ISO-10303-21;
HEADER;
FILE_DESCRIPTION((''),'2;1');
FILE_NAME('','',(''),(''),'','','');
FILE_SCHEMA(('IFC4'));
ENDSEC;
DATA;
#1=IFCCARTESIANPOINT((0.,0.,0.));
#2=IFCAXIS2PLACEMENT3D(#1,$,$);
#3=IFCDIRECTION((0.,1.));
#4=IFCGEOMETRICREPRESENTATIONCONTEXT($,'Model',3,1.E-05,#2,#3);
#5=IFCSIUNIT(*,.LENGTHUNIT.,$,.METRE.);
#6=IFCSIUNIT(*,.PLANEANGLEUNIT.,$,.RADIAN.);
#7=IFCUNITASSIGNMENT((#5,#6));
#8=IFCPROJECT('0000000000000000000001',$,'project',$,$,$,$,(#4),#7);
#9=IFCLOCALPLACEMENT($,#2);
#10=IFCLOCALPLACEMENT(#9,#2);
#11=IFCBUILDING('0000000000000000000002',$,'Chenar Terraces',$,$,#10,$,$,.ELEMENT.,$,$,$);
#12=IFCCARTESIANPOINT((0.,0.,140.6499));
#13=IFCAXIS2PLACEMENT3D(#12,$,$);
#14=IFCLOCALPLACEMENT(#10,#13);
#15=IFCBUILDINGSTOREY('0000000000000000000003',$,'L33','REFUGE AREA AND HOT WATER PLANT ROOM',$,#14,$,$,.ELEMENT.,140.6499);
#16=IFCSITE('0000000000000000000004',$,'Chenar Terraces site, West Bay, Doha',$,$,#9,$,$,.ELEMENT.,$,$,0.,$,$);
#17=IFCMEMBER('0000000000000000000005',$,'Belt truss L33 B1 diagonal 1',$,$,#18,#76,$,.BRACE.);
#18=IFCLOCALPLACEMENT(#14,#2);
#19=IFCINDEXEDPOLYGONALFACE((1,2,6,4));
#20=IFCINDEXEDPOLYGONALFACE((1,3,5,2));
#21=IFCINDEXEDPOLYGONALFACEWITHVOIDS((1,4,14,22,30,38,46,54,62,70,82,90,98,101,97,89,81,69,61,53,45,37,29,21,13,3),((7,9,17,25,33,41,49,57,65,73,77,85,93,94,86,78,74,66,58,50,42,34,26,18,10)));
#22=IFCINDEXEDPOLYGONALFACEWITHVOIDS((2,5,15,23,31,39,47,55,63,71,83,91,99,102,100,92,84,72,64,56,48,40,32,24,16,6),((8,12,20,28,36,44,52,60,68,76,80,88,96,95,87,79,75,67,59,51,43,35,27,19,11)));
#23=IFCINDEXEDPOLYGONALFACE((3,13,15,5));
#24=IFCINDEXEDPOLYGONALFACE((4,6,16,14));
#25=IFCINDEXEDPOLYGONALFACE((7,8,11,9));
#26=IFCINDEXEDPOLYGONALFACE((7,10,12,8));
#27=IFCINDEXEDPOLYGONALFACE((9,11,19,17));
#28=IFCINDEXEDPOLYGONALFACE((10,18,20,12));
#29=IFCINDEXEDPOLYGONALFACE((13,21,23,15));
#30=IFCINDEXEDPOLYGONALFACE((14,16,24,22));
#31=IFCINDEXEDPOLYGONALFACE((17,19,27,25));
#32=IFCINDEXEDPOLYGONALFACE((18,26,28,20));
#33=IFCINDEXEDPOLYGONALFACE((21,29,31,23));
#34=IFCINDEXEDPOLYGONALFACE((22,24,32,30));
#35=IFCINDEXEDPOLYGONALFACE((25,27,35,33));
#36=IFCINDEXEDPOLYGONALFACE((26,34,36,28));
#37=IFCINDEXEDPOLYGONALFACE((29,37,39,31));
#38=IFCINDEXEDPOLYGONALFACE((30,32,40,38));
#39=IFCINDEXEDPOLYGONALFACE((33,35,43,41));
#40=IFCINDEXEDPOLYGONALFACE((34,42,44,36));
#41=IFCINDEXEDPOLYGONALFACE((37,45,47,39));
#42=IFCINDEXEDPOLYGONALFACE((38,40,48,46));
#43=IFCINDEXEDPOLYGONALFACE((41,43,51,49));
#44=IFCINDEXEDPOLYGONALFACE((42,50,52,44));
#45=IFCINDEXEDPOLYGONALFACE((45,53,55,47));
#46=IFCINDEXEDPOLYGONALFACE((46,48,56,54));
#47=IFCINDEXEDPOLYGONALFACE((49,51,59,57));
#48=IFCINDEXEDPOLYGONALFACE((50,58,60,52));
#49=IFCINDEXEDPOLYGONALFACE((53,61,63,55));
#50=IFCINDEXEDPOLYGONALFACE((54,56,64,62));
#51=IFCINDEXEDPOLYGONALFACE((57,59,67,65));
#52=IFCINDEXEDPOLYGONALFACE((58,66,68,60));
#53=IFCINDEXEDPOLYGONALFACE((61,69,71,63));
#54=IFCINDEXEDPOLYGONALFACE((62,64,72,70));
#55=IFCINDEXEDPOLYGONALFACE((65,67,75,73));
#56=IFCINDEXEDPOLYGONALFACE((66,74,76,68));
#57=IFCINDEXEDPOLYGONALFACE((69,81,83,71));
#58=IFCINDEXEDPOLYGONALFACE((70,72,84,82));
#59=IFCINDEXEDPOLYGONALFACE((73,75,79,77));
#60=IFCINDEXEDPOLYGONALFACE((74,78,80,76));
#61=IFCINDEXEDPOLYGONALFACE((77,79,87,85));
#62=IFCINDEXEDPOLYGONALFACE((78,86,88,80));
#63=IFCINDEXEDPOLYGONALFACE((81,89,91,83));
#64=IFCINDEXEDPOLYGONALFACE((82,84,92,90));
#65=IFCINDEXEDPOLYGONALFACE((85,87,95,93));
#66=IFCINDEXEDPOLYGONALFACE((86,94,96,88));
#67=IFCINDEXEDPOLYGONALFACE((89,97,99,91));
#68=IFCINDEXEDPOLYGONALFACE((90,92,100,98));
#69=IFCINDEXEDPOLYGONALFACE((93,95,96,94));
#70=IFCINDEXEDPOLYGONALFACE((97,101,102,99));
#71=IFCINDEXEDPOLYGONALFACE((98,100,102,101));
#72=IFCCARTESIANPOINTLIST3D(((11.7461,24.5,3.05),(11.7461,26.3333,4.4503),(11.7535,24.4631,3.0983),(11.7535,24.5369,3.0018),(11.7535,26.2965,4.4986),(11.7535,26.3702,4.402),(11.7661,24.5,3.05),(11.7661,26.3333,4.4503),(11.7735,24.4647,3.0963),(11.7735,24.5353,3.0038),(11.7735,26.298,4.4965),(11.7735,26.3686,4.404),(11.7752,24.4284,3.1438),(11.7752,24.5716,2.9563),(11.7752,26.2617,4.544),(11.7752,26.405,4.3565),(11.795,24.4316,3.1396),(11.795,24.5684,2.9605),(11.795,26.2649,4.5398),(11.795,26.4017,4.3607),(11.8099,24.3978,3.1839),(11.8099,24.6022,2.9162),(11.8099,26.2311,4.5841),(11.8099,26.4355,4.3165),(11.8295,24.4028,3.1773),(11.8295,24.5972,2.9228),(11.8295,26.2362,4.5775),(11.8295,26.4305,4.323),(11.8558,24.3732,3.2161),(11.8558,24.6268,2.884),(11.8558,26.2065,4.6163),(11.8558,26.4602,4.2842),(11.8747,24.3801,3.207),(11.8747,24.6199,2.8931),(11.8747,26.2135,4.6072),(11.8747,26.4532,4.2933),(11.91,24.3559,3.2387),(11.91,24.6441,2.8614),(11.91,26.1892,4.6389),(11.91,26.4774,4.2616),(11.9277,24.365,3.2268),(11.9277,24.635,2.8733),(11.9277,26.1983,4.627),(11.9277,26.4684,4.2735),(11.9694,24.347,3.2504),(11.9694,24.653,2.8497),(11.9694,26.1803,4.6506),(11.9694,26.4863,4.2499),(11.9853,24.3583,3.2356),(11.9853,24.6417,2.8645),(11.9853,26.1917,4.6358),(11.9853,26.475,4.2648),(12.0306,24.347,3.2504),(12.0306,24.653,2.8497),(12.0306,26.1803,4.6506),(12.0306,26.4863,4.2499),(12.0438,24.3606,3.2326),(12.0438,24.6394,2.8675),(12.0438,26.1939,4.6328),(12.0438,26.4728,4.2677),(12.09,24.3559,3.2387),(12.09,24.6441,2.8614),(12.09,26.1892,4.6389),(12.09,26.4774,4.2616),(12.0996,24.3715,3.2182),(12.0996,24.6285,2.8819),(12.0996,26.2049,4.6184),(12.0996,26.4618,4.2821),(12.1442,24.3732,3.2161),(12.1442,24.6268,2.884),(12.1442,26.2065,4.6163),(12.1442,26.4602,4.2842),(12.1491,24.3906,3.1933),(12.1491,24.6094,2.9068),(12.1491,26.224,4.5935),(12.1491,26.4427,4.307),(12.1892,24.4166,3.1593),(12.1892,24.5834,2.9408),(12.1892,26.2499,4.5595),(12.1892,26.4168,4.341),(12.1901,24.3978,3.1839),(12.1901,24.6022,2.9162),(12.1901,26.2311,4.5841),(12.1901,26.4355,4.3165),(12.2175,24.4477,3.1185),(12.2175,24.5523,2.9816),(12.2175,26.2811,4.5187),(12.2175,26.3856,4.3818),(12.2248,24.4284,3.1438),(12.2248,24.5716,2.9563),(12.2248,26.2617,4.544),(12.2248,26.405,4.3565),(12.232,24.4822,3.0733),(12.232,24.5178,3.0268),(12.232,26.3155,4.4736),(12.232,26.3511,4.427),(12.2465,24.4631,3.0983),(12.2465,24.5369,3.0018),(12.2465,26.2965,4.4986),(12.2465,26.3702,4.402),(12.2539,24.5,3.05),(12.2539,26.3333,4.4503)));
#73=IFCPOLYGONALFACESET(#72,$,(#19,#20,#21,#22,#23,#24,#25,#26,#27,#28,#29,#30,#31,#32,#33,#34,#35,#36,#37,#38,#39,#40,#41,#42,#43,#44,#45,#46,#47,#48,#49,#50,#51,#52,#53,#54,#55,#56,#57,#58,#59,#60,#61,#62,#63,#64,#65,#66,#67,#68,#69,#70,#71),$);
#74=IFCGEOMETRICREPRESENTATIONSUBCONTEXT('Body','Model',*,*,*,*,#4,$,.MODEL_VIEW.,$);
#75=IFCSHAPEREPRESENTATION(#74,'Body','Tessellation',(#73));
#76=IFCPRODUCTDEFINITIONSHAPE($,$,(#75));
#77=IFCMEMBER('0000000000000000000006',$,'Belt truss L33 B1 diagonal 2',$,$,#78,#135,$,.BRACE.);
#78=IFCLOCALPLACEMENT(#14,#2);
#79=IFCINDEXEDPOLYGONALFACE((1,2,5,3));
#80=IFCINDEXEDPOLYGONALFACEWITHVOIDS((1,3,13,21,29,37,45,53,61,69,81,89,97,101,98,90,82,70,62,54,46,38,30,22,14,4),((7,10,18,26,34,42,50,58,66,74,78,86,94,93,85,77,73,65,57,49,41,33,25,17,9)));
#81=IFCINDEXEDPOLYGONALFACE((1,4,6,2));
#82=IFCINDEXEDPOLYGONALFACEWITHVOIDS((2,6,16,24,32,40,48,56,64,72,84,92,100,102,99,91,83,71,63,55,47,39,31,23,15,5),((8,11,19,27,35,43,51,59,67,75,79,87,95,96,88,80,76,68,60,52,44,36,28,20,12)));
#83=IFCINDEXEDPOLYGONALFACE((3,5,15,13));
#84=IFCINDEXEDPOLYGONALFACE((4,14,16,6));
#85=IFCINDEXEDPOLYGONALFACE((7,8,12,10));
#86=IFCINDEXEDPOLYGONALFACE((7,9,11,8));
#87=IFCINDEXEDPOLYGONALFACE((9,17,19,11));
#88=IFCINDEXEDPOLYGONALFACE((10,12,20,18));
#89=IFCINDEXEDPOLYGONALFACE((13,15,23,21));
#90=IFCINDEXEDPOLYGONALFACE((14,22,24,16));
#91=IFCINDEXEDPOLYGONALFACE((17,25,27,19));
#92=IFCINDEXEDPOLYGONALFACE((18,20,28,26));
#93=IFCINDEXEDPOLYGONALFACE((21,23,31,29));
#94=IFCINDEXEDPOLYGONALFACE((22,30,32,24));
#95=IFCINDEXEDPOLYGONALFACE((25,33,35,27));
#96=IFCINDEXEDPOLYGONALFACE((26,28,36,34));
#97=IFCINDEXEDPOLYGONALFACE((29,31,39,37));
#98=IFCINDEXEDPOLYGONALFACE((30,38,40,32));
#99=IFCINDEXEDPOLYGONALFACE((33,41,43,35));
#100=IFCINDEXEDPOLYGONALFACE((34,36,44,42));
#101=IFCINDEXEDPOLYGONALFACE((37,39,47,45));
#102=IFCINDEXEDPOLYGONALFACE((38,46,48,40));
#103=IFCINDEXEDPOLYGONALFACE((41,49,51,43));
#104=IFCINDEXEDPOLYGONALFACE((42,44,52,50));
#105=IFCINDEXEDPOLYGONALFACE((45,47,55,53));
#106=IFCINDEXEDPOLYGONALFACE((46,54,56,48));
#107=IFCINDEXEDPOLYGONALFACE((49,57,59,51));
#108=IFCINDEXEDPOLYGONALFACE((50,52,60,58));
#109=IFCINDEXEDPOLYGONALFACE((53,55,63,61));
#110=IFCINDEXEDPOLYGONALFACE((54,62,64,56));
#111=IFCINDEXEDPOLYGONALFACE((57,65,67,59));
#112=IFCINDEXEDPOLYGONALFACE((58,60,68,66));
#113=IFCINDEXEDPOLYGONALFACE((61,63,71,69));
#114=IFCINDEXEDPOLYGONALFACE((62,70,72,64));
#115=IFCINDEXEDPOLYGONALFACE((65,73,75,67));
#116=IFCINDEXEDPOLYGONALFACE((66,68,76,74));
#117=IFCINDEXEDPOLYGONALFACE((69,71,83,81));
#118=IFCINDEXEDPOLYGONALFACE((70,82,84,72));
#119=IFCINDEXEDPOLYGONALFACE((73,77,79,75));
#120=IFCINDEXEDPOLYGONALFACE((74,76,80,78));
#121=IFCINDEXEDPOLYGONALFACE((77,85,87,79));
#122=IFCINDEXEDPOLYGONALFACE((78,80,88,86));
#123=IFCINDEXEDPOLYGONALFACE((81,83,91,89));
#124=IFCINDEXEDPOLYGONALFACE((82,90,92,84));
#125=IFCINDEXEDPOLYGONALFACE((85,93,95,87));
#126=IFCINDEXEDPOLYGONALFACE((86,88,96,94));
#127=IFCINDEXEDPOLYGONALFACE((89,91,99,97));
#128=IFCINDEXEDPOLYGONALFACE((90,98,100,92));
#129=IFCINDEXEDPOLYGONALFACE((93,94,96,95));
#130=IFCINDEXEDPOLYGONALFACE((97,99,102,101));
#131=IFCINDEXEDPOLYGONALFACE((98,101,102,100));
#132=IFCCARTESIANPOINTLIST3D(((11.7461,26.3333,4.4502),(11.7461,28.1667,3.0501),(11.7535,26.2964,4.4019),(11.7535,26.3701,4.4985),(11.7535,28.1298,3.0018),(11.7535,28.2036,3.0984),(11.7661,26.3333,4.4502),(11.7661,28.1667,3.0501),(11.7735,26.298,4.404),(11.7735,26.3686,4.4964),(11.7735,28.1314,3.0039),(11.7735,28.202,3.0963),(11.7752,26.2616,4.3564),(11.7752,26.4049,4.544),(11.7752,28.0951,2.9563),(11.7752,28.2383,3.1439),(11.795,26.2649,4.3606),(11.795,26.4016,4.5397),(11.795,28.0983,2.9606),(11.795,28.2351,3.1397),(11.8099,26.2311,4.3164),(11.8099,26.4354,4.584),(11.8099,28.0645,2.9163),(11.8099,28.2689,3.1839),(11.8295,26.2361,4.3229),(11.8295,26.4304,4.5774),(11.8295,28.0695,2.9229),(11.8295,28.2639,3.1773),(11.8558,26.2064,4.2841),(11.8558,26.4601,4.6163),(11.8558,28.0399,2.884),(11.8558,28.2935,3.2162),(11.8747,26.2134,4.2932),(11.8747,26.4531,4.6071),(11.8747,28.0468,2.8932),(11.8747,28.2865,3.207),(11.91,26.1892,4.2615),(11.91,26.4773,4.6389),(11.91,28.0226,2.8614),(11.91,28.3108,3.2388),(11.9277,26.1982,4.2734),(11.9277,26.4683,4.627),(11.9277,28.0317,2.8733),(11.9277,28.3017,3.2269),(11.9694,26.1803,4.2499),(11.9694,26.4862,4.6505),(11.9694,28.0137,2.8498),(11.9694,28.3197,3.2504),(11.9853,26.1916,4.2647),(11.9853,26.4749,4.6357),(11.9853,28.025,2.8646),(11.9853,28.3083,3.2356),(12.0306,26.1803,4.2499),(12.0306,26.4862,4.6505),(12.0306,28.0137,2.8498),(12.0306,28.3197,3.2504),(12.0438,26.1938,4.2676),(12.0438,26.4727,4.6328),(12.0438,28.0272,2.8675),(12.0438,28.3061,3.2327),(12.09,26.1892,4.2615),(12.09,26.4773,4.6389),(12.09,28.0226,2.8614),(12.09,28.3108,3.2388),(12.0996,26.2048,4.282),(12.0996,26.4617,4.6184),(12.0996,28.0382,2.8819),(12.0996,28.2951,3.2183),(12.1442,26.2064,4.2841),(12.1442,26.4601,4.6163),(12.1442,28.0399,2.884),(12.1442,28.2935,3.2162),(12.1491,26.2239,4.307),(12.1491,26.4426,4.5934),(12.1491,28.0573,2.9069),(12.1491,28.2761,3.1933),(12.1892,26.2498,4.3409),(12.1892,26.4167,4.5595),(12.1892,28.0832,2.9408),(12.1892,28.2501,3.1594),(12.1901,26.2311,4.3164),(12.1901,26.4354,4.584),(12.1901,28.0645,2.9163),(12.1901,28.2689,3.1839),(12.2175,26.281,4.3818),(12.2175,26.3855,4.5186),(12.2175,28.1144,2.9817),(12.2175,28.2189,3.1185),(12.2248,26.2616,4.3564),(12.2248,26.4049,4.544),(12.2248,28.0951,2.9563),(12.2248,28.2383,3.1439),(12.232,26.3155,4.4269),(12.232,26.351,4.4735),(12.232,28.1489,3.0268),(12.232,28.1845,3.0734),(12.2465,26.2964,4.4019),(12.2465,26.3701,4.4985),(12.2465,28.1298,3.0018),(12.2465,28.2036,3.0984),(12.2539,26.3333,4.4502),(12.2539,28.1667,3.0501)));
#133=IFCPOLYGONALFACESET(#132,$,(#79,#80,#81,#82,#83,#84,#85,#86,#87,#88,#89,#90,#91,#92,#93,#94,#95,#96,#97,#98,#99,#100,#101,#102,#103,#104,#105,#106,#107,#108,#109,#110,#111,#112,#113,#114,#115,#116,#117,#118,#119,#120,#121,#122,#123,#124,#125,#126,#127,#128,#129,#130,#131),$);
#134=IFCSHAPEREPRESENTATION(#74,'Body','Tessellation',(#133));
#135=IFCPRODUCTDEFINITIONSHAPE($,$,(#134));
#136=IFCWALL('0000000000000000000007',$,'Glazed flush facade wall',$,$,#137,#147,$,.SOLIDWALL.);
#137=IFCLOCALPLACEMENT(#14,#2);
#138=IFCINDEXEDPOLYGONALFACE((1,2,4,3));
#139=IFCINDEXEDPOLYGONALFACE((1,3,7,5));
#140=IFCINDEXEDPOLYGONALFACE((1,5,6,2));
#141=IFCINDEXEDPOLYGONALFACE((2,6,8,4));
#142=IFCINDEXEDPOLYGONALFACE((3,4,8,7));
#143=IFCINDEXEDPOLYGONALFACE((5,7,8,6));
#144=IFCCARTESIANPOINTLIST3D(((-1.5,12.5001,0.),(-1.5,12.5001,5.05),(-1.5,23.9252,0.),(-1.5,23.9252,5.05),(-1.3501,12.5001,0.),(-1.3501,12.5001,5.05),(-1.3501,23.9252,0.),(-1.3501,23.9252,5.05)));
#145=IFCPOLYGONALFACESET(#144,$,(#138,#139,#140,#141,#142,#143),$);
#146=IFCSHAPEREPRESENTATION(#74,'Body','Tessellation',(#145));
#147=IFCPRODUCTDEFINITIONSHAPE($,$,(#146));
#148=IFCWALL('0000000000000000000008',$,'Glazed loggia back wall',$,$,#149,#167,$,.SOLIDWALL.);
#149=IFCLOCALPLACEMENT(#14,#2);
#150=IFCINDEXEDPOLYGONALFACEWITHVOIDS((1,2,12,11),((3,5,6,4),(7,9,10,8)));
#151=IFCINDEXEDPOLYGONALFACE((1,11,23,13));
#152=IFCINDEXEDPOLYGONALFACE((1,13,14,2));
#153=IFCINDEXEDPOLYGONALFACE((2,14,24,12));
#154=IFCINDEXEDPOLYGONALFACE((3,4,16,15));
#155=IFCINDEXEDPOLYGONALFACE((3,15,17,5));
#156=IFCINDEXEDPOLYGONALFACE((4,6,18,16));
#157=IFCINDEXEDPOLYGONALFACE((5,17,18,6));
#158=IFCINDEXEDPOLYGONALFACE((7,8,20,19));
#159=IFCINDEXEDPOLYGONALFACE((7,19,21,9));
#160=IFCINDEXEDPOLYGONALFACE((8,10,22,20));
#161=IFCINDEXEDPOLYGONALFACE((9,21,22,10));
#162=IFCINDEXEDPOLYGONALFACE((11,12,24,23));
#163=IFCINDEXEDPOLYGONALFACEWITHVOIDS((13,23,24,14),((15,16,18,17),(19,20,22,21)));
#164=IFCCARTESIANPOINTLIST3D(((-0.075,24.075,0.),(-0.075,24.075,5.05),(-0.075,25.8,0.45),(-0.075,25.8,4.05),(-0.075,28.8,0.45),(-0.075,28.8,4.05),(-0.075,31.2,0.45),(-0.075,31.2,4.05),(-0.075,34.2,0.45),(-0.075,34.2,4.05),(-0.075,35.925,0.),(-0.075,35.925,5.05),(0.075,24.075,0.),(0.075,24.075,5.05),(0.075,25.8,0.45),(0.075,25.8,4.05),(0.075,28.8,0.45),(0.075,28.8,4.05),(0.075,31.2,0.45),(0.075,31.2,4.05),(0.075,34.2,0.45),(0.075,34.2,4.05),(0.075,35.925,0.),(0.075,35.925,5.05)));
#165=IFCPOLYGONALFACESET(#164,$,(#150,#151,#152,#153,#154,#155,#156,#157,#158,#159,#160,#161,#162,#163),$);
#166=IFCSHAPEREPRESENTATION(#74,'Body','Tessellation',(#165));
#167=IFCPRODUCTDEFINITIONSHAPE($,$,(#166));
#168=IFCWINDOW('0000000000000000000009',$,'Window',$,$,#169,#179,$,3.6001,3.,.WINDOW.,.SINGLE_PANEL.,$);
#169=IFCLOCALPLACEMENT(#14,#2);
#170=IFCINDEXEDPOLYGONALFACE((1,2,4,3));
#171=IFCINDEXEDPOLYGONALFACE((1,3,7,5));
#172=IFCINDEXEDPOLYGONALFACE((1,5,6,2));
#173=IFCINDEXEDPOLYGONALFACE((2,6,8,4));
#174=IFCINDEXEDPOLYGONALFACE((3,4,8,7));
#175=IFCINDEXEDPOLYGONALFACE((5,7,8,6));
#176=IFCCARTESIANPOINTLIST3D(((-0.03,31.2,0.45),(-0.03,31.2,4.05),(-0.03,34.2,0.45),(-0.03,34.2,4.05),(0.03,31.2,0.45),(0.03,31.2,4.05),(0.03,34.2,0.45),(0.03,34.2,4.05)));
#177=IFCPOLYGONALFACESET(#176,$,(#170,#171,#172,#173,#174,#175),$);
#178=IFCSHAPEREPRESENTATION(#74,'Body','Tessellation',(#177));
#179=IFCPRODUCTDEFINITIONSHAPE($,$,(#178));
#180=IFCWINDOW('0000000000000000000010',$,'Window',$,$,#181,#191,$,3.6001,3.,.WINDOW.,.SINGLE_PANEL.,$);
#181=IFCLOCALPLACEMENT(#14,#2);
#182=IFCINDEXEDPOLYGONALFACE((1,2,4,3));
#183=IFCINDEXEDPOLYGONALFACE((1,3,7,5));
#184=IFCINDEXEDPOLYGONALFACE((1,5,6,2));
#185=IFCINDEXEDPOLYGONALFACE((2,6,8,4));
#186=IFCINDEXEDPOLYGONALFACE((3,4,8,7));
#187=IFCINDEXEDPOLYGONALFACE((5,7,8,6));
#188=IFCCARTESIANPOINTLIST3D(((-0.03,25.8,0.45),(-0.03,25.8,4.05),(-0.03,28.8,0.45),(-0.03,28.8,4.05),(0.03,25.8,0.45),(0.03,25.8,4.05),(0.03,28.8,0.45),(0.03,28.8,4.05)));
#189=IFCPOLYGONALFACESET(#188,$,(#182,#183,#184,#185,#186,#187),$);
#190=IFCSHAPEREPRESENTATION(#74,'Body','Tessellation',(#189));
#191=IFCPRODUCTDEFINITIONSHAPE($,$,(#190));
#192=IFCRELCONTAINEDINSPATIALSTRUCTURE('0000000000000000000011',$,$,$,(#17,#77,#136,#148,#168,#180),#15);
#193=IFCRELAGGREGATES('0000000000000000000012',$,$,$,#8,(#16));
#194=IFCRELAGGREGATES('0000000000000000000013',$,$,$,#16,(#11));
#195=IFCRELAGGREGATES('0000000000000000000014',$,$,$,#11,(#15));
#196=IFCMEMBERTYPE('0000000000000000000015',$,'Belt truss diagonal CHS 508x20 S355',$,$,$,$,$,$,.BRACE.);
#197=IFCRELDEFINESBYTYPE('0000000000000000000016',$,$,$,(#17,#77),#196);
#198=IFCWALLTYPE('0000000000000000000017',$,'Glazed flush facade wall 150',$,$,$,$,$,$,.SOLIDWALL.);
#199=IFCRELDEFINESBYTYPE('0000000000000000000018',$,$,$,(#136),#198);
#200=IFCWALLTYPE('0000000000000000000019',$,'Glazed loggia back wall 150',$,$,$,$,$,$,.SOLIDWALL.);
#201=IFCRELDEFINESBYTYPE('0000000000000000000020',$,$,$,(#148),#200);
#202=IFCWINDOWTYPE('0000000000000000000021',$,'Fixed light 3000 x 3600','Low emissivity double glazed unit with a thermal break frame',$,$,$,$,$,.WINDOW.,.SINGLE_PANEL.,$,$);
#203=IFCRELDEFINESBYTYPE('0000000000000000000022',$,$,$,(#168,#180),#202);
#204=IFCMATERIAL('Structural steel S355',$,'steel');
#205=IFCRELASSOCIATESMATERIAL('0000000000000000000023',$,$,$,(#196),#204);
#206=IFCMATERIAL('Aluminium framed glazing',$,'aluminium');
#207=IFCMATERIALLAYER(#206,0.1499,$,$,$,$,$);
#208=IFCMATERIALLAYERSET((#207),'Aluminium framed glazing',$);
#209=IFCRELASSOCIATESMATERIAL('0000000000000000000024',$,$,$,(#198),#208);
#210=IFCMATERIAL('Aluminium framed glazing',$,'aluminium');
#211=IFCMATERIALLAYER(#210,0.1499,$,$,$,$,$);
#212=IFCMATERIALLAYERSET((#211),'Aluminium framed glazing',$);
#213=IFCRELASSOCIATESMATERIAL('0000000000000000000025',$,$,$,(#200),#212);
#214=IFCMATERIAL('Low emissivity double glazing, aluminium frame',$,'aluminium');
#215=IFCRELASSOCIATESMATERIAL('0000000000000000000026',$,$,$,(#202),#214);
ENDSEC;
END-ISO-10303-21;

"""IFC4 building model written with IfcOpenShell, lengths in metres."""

from ifc_helpers import new_model, si_unit, direction, frame, frame_2d, origin, origin_2d, place, context, subcontext, project, spatial, rectangle, hollow_circle, extrude, material, layer, layer_set, material_profile, profile_set, type_object, element, fill, save


model = new_model("IFC4")

# Units and contexts
model_context = context("Model", 3, precision=1e-05, world=origin(), true_north=direction((0.0, 1.0)))
body_context = subcontext(model_context, "Body", "Model", "MODEL_VIEW")
ifc_project = project(units=[si_unit("LENGTHUNIT", "METRE"), si_unit("PLANEANGLEUNIT", "RADIAN")], contexts=[model_context])

# Site, building, storey
site_placement = place(None, origin())
site = spatial("IfcSite", under=ifc_project, at=site_placement, Name="Chenar Terraces site, West Bay, Doha", CompositionType="ELEMENT", RefElevation=0.0)
building_placement = place(site_placement, origin())
building = spatial("IfcBuilding", under=site, at=building_placement, Name="Chenar Terraces", CompositionType="ELEMENT")
storey_placement = place(building_placement, frame((0.0, 0.0, 140.6499)))
storey = spatial("IfcBuildingStorey", under=building, at=storey_placement, Name="L33", Description="REFUGE AREA AND HOT WATER PLANT ROOM", CompositionType="ELEMENT", Elevation=140.6499)

# Members
ifc_material_1 = material(Name="Structural steel S355", Category="steel")
ifc_material_profile_1 = material_profile(ifc_material_1, hollow_circle(Radius=0.2539, WallThickness=0.02, at=origin_2d()), Name="CHS 508x20")
ifc_profile_set_1 = profile_set([ifc_material_profile_1], Name="Structural steel S355")
member_type = type_object("IfcMemberType", Name="Belt truss diagonal CHS 508x20 S355", PredefinedType="BRACE", material=ifc_profile_set_1)
for number, where, z_axis, x_axis, name in (
    (1, (12.0, 24.5, 3.05), (0.0, 0.794724, 0.606971), (-1.0, 0.0, 0.0), "Belt truss L33 B1 diagonal 1"),
    (2, (12.0, 26.3333, 4.4502), (0.0, 0.794763, -0.60692), (-1.0, 0.0, 0.0), "Belt truss L33 B1 diagonal 2"),
):
    element("IfcMember", number, at=place(storey_placement, frame(where, z_axis=z_axis, x_axis=x_axis)), inside=storey, type_object=member_type, Name=name, PredefinedType="BRACE", context=body_context, shape_type="SweptSolid", body=[
        extrude(hollow_circle(Radius=0.2539, WallThickness=0.02, at=origin_2d()), origin(), (0.0, 0.0, 1.0), 2.3069),
    ])

# Wall
ifc_material_2 = material(Name="Aluminium framed glazing", Category="aluminium")
ifc_layer_1 = layer(ifc_material_2, 0.1499)
ifc_layer_set_1 = layer_set([ifc_layer_1], Name="Aluminium framed glazing")
wall_type_1 = type_object("IfcWallType", Name="Glazed flush facade wall 150", PredefinedType="SOLIDWALL", material=ifc_layer_set_1)
wall_1_placement = place(storey_placement, frame((-1.425, 23.925, 0.0), z_axis=(0.0, 0.0, 1.0), x_axis=(0.0, -1.0, 0.0)))
element("IfcWall", 3, at=wall_1_placement, inside=storey, type_object=wall_type_1, Name="Glazed flush facade wall", PredefinedType="SOLIDWALL", context=body_context, shape_type="SweptSolid", body=[
    extrude(rectangle(XDim=11.425, YDim=0.1499, at=frame_2d((5.7124, 0.0))), origin(), (0.0, 0.0, 1.0), 5.05),
])

# Wall, openings, windows
ifc_material_3 = material(Name="Aluminium framed glazing", Category="aluminium")
ifc_layer_2 = layer(ifc_material_3, 0.1499)
ifc_layer_set_2 = layer_set([ifc_layer_2], Name="Aluminium framed glazing")
wall_type_2 = type_object("IfcWallType", Name="Glazed loggia back wall 150", PredefinedType="SOLIDWALL", material=ifc_layer_set_2)
wall_2_placement = place(storey_placement, frame((0.0, 35.925, 0.0), z_axis=(0.0, 0.0, 1.0), x_axis=(0.0, -1.0, 0.0)))
wall_2 = element("IfcWall", 4, at=wall_2_placement, inside=storey, type_object=wall_type_2, Name="Glazed loggia back wall", PredefinedType="SOLIDWALL", context=body_context, shape_type="SweptSolid", body=[
    extrude(rectangle(XDim=11.8501, YDim=0.1499, at=frame_2d((5.925, 0.0))), origin(), (0.0, 0.0, 1.0), 5.05),
])
opening_1_placement = place(wall_2_placement, frame((1.7251, 0.0, 0.45)))
opening_1 = element("IfcOpeningElement", 5, at=opening_1_placement, cuts=wall_2, PredefinedType="OPENING", context=body_context, shape_type="SweptSolid", body=[
    extrude(rectangle(XDim=3.0, YDim=3.6001, at=frame_2d((1.5, 1.8))), frame((0.0, 0.085, 0.0), z_axis=(0.0, -1.0, 0.0), x_axis=(1.0, 0.0, 0.0)), (0.0, 0.0, 1.0), 0.1699),
])
opening_2_placement = place(wall_2_placement, frame((7.125, 0.0, 0.45)))
opening_2 = element("IfcOpeningElement", 6, at=opening_2_placement, cuts=wall_2, PredefinedType="OPENING", context=body_context, shape_type="SweptSolid", body=[
    extrude(rectangle(XDim=3.0, YDim=3.6001, at=frame_2d((1.5, 1.8))), frame((0.0, 0.085, 0.0), z_axis=(0.0, -1.0, 0.0), x_axis=(1.0, 0.0, 0.0)), (0.0, 0.0, 1.0), 0.1699),
])
ifc_material_4 = material(Name="Low emissivity double glazing, aluminium frame", Category="aluminium")
window_type = type_object("IfcWindowType", Name="Fixed light 3000 x 3600", Description="Low emissivity double glazed unit with a thermal break frame", PartitioningType="SINGLE_PANEL", PredefinedType="WINDOW", material=ifc_material_4)
window_1_placement = place(opening_1_placement, origin())
window_1 = element("IfcWindow", 7, at=window_1_placement, inside=storey, type_object=window_type, Name="Window", OverallHeight=3.6001, OverallWidth=3.0, PartitioningType="SINGLE_PANEL", PredefinedType="WINDOW", context=body_context, shape_type="SweptSolid", body=[
    extrude(rectangle(XDim=3.0, YDim=3.6001, at=frame_2d((1.5, 1.8))), frame((0.0, 0.03, 0.0), z_axis=(0.0, -1.0, 0.0), x_axis=(1.0, 0.0, 0.0)), (0.0, 0.0, 1.0), 0.0601),
])
fill(opening_1, window_1)
window_2_placement = place(opening_2_placement, origin())
window_2 = element("IfcWindow", 8, at=window_2_placement, inside=storey, type_object=window_type, Name="Window", OverallHeight=3.6001, OverallWidth=3.0, PartitioningType="SINGLE_PANEL", PredefinedType="WINDOW", context=body_context, shape_type="SweptSolid", body=[
    extrude(rectangle(XDim=3.0, YDim=3.6001, at=frame_2d((1.5, 1.8))), frame((0.0, 0.03, 0.0), z_axis=(0.0, -1.0, 0.0), x_axis=(1.0, 0.0, 0.0)), (0.0, 0.0, 1.0), 0.0601),
])
fill(opening_2, window_2)

save(model, "model.ifc")
